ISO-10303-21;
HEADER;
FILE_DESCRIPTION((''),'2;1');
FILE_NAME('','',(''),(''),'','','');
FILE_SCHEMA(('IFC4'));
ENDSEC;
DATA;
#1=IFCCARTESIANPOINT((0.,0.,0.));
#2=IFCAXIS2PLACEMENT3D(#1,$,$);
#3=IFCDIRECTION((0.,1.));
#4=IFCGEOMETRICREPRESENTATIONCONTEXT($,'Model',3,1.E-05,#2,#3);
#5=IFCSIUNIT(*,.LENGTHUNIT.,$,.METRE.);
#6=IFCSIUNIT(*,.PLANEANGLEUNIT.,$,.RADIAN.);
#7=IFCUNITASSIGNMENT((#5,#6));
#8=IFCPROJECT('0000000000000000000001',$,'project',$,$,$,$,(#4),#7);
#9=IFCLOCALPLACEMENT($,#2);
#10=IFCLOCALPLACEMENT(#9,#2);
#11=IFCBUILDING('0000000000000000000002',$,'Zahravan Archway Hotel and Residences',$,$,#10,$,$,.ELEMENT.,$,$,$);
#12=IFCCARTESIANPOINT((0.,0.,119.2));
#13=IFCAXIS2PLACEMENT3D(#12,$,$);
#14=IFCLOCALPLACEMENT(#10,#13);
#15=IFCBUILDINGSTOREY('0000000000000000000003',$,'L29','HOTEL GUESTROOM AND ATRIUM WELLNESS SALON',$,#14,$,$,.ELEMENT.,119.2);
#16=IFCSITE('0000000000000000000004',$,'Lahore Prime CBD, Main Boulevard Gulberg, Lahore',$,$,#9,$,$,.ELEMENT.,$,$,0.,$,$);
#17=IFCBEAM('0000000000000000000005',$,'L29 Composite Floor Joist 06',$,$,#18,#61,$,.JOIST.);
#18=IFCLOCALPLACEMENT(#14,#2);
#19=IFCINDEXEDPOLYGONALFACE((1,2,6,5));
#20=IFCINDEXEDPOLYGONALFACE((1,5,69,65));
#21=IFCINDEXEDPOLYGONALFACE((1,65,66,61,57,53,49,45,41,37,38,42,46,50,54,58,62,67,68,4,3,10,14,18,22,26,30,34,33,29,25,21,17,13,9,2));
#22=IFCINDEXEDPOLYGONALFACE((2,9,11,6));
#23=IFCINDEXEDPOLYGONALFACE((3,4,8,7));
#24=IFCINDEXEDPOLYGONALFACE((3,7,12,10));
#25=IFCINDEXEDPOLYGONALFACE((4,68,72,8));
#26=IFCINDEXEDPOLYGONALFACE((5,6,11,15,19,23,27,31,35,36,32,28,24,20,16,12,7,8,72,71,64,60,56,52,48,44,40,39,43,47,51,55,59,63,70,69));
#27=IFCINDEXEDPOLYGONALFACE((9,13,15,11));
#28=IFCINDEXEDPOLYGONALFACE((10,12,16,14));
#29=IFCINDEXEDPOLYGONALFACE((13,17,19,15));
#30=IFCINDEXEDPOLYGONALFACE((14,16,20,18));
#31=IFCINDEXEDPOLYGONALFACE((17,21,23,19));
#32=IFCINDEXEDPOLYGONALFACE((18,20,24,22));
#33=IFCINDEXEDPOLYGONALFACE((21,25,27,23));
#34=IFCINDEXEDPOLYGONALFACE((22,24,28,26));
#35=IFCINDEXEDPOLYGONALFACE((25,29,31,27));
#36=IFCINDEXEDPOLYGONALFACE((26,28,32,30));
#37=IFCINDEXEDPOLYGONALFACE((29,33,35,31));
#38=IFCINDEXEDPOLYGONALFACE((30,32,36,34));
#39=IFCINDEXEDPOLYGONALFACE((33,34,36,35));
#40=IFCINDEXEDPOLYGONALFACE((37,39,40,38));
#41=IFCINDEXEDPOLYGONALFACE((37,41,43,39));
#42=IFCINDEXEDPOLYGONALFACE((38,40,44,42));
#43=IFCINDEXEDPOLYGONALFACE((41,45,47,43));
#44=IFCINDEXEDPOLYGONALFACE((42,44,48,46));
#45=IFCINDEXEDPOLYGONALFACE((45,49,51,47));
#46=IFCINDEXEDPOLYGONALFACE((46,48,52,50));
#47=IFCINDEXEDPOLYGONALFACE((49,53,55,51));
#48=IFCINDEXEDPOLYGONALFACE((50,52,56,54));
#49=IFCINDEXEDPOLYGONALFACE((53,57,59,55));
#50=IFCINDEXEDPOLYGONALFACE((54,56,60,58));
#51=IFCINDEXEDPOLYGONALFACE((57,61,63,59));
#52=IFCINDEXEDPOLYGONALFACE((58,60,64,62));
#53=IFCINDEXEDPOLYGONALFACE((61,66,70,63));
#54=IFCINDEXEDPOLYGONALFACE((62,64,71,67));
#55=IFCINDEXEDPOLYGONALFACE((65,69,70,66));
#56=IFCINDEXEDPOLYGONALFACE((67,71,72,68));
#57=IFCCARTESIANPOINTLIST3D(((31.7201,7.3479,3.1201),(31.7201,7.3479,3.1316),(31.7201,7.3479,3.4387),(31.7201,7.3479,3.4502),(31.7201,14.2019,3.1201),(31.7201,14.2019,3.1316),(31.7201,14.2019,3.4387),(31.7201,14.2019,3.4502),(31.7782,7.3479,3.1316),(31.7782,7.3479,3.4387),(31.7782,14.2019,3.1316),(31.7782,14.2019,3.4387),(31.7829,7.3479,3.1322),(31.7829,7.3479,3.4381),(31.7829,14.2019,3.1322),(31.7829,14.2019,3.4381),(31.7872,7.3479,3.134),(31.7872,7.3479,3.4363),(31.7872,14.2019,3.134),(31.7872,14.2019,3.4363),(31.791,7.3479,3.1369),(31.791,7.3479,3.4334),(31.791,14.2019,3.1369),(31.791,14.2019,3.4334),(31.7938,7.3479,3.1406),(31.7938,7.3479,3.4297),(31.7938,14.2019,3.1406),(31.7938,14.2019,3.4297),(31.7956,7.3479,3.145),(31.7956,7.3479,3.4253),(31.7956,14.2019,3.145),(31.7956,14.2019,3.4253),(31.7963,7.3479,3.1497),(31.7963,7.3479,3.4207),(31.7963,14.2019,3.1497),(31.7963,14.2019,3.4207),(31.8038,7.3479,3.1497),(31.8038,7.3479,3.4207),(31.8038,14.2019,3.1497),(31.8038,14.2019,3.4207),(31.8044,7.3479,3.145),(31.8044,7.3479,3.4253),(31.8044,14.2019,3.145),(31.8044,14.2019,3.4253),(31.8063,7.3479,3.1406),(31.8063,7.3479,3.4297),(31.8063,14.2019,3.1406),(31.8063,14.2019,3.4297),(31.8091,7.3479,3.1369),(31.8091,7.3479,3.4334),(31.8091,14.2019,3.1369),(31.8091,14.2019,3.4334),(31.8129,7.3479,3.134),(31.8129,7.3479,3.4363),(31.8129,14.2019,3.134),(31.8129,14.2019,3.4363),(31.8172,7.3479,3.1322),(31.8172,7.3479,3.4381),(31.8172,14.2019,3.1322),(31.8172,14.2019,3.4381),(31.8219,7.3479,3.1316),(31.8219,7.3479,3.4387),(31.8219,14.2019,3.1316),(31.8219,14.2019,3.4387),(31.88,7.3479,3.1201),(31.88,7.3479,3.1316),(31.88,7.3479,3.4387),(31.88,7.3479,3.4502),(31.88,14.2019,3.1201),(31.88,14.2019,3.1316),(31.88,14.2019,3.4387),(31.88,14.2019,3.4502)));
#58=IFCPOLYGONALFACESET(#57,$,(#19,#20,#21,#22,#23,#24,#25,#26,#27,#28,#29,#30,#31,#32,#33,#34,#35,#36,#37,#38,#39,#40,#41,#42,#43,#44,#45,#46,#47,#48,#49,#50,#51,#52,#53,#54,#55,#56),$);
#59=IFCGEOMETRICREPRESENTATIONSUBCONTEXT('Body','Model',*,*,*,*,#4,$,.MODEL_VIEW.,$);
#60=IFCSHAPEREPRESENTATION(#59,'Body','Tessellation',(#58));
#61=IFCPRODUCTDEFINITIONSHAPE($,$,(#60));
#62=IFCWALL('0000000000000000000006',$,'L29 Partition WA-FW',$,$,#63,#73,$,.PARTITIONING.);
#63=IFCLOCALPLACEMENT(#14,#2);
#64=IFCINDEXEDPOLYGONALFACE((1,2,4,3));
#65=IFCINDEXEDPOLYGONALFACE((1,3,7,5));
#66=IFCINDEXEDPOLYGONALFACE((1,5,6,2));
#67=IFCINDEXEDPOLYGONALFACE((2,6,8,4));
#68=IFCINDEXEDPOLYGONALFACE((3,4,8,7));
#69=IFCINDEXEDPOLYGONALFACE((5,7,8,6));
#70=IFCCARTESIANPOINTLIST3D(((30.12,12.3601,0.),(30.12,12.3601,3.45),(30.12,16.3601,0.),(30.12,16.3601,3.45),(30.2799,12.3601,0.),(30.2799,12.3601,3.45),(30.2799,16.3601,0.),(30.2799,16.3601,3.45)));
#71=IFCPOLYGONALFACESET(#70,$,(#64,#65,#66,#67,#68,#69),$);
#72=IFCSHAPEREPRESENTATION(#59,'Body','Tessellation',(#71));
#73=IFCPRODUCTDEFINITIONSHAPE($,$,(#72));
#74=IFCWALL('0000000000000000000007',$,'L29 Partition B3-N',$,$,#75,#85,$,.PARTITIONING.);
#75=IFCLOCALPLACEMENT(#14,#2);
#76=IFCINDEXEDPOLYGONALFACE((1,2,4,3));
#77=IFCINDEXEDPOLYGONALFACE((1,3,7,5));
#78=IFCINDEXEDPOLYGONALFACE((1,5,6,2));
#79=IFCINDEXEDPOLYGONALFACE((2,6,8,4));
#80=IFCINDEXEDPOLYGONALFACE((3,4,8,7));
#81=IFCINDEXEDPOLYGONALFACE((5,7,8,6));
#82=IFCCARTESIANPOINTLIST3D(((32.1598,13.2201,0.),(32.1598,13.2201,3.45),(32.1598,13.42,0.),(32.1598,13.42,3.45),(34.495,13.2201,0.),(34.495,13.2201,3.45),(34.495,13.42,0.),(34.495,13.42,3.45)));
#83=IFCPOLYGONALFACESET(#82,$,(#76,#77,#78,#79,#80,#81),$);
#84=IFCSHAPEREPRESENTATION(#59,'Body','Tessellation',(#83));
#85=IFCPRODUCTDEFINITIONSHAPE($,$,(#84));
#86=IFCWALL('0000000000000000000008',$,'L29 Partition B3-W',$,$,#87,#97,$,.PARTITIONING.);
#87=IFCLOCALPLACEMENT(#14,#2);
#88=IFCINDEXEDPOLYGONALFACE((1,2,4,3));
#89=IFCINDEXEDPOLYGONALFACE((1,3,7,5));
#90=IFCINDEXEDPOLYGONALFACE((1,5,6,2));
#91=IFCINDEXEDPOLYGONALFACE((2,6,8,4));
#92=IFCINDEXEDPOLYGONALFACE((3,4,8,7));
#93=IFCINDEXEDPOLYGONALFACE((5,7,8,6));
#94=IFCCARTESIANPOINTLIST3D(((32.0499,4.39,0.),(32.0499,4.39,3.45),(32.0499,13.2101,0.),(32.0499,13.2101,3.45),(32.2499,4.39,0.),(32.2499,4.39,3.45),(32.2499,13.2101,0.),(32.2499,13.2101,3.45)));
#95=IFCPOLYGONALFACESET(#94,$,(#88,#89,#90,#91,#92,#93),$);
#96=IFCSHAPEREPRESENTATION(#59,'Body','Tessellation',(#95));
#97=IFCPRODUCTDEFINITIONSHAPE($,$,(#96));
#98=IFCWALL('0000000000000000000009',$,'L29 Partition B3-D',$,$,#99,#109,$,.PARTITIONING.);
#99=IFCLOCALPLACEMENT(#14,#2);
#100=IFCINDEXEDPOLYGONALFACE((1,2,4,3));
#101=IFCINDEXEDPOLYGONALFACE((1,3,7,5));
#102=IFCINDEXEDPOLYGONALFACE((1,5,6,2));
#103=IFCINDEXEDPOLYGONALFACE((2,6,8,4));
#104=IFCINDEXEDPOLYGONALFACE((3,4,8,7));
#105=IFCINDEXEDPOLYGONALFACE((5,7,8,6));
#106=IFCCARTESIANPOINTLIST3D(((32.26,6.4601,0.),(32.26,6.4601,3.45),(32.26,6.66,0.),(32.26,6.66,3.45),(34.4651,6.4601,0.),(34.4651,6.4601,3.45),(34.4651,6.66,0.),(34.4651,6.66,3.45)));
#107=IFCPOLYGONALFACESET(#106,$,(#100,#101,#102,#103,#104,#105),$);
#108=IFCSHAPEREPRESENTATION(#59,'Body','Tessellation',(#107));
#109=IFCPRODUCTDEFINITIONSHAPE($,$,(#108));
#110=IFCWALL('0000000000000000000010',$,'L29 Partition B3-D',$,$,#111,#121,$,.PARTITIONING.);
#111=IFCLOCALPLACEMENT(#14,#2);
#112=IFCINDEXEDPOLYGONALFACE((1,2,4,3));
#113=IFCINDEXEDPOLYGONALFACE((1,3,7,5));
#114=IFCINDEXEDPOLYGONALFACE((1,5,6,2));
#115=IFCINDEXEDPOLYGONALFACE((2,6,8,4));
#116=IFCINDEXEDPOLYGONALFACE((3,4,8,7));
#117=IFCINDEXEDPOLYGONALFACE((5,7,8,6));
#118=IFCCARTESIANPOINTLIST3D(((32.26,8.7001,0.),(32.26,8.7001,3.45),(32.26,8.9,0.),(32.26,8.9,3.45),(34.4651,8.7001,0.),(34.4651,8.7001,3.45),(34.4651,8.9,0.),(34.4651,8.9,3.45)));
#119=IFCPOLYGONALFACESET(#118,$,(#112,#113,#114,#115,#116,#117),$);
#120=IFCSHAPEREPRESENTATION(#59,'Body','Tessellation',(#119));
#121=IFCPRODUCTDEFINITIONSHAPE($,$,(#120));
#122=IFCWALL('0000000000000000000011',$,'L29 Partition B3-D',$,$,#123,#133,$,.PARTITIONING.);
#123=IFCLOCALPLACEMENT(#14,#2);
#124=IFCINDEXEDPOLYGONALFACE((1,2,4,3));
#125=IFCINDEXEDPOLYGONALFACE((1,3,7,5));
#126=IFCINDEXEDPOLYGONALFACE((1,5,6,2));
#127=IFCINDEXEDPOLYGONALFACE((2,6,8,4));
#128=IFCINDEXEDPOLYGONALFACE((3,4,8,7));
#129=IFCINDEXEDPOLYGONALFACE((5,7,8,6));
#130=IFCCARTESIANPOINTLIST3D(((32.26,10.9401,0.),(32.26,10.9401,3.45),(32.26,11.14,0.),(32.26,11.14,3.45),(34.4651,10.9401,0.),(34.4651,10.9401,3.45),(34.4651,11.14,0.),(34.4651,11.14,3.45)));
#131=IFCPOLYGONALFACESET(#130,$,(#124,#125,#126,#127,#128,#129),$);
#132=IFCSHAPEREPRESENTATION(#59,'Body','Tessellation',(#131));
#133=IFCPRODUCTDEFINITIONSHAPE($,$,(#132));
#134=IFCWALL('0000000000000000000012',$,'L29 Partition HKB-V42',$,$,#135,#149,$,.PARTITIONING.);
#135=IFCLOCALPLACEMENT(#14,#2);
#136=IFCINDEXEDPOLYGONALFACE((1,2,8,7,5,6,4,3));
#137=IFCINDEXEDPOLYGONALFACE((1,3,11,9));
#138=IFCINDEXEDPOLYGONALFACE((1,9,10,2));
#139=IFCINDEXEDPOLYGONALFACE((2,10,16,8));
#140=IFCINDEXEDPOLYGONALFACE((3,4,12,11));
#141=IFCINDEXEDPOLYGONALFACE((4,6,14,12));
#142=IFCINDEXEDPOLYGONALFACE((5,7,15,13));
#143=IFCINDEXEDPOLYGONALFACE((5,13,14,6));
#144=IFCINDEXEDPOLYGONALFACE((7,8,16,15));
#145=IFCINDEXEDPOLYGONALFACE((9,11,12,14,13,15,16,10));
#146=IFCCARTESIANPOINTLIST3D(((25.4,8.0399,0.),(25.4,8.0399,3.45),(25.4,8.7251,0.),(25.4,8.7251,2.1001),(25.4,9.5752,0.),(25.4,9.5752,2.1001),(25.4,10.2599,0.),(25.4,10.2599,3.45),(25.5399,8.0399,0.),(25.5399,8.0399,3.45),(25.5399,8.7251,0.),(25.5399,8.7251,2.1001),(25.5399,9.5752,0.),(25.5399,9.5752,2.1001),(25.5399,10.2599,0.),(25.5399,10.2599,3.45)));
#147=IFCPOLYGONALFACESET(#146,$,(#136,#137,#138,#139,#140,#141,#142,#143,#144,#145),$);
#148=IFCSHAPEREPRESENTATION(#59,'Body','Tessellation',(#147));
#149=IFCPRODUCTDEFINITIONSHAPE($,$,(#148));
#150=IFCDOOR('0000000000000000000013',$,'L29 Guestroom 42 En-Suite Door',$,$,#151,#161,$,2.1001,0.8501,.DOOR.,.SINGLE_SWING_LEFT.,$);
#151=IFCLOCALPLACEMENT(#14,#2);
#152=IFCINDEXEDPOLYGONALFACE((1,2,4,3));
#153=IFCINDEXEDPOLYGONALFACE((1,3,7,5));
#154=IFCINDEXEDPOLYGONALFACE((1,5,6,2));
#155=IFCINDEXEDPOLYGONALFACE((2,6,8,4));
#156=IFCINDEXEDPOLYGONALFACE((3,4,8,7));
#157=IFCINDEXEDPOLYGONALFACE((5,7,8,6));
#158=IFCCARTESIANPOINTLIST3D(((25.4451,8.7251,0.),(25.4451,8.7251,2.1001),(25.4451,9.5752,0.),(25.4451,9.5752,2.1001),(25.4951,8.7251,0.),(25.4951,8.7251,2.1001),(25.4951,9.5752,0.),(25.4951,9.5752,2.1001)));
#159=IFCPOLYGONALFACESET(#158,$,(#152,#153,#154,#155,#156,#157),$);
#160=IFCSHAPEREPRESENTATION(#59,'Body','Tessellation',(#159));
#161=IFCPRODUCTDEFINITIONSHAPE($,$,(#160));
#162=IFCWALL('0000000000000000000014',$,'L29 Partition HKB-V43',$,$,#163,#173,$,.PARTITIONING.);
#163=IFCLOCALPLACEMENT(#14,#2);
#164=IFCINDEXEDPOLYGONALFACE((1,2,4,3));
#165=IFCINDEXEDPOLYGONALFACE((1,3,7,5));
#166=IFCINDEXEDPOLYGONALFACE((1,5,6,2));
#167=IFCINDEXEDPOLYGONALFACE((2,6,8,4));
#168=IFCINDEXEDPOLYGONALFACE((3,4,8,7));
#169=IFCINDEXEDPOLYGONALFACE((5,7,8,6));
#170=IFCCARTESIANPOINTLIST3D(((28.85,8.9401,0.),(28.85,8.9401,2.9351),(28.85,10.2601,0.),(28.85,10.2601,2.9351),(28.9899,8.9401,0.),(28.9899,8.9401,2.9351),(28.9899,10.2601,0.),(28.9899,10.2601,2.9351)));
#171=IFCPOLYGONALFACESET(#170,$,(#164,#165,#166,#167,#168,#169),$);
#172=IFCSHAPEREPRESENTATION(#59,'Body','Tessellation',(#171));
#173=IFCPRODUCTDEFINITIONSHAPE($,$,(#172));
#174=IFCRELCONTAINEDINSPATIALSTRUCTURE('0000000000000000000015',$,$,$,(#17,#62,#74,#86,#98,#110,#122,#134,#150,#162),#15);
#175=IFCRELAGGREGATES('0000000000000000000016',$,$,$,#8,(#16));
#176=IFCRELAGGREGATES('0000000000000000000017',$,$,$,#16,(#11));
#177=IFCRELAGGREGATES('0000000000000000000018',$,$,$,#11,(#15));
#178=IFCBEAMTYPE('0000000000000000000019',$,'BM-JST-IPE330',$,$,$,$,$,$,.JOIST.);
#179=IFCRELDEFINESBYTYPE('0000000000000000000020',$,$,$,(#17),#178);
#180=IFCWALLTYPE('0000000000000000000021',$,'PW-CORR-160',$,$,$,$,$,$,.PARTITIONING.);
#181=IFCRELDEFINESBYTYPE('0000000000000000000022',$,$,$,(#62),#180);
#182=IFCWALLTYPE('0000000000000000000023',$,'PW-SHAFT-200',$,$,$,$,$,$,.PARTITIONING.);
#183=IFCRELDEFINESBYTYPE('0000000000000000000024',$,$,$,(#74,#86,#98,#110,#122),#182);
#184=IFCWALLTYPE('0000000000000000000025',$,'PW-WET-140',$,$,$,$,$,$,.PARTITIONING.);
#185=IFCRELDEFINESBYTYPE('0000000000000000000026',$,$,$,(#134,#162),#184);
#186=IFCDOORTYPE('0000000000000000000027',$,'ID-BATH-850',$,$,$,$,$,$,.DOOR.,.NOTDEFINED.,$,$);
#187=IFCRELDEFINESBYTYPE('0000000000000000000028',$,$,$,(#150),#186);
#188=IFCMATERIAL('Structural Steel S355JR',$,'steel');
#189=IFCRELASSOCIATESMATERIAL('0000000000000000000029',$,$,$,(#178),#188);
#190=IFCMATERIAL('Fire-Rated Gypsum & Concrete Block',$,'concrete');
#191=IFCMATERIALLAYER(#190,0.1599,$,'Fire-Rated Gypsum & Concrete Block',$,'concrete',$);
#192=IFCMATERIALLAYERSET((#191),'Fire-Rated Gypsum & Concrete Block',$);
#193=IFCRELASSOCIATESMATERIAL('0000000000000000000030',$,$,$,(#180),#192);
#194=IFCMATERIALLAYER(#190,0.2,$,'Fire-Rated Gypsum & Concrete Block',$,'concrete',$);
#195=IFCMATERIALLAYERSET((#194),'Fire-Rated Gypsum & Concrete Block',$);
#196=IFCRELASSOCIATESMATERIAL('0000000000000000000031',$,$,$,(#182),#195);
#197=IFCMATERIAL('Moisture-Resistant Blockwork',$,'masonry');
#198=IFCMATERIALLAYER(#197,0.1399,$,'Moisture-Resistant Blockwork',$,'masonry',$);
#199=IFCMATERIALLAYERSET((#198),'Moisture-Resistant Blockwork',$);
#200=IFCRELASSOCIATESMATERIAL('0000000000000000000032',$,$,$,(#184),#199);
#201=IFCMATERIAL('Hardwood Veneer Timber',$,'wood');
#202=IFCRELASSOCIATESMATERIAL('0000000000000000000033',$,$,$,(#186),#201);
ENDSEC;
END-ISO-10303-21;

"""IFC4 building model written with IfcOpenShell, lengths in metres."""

from ifc_helpers import new_model, si_unit, direction, frame, frame_2d, origin, origin_2d, place, context, subcontext, project, spatial, rectangle, i_section, extrude, source, transform, mapped, material, layer, layer_set, material_profile, profile_set, type_object, type_shapes, element, fill, save


model = new_model("IFC4")

# Units and contexts
model_context = context("Model", 3, precision=1e-05, world=origin(), true_north=direction((0.0, 1.0)))
body_context = subcontext(model_context, "Body", "Model", "MODEL_VIEW")
ifc_project = project(units=[si_unit("LENGTHUNIT", "METRE"), si_unit("PLANEANGLEUNIT", "RADIAN")], contexts=[model_context])

# Site, building, storey
site_placement = place(None, origin())
site = spatial("IfcSite", under=ifc_project, at=site_placement, Name="Lahore Prime CBD, Main Boulevard Gulberg, Lahore", CompositionType="ELEMENT", RefElevation=0.0)
building_placement = place(site_placement, origin())
building = spatial("IfcBuilding", under=site, at=building_placement, Name="Zahravan Archway Hotel and Residences", CompositionType="ELEMENT")
storey_placement = place(building_placement, frame((0.0, 0.0, 119.2)))
storey = spatial("IfcBuildingStorey", under=building, at=storey_placement, Name="L29", Description="HOTEL GUESTROOM AND ATRIUM WELLNESS SALON", CompositionType="ELEMENT", Elevation=119.2)

# Beam
ifc_material_1 = material(Name="Structural Steel S355JR", Category="steel")
ifc_material_profile_1 = material_profile(ifc_material_1, i_section(OverallWidth=0.1599, OverallDepth=0.3301, WebThickness=0.0076, FlangeThickness=0.0115, FilletRadius=0.0181, at=origin_2d()), Name="IPE 330", Category="steel")
ifc_profile_set_1 = profile_set([ifc_material_profile_1], Name="Structural Steel S355JR")
beam_type_1 = type_object("IfcBeamType", Name="BM-JST-IPE330", PredefinedType="JOIST", material=ifc_profile_set_1)
shared_shape_1 = source(origin(), body_context, "Body", "SweptSolid", [
    extrude(i_section(OverallWidth=0.1599, OverallDepth=0.3301, WebThickness=0.0076, FlangeThickness=0.0115, FilletRadius=0.0181, at=origin_2d()), origin(), (0.0, 0.0, 1.0), 6.854),
])
beam_1_placement = place(storey_placement, frame((31.8, 7.3479, 3.2852), z_axis=(0.0, 1.0, 0.0), x_axis=(-1.0, 0.0, 0.0)))
element("IfcBeam", 1, at=beam_1_placement, inside=storey, type_object=beam_type_1, Name="L29 Composite Floor Joist 06", PredefinedType="JOIST", context=body_context, shape_type="MappedRepresentation", body=[
    mapped(shared_shape_1, transform((0.0, 0.0, 0.0), scale=1.0)),
])

# Walls
ifc_material_2 = material(Name="Fire-Rated Gypsum & Concrete Block", Category="concrete")
ifc_layer_1 = layer(ifc_material_2, 0.1599, Name="Fire-Rated Gypsum & Concrete Block", Category="concrete")
ifc_layer_set_1 = layer_set([ifc_layer_1], Name="Fire-Rated Gypsum & Concrete Block")
wall_type_1 = type_object("IfcWallType", Name="PW-CORR-160", PredefinedType="PARTITIONING", material=ifc_layer_set_1)
wall_1_placement = place(storey_placement, frame((30.2, 12.3601, 0.0), z_axis=(0.0, 0.0, 1.0), x_axis=(0.0, 1.0, 0.0)))
element("IfcWall", 2, at=wall_1_placement, inside=storey, type_object=wall_type_1, Name="L29 Partition WA-FW", PredefinedType="PARTITIONING", context=body_context, shape_type="SweptSolid", body=[
    extrude(rectangle(XDim=4.0, YDim=0.1599, at=frame_2d((2.0, 0.0))), origin(), (0.0, 0.0, 1.0), 3.45),
])
ifc_layer_2 = layer(ifc_material_2, 0.2, Name="Fire-Rated Gypsum & Concrete Block", Category="concrete")
ifc_layer_set_2 = layer_set([ifc_layer_2], Name="Fire-Rated Gypsum & Concrete Block")
wall_type_2 = type_object("IfcWallType", Name="PW-SHAFT-200", PredefinedType="PARTITIONING", material=ifc_layer_set_2)
wall_2_placement = place(storey_placement, frame((32.1599, 13.3201, 0.0), z_axis=(0.0, 0.0, 1.0), x_axis=(1.0, 0.0, 0.0)))
element("IfcWall", 3, at=wall_2_placement, inside=storey, type_object=wall_type_2, Name="L29 Partition B3-N", PredefinedType="PARTITIONING", context=body_context, shape_type="SweptSolid", body=[
    extrude(rectangle(XDim=2.3352, YDim=0.2, at=frame_2d((1.1675, 0.0))), origin(), (0.0, 0.0, 1.0), 3.45),
])
wall_3_placement = place(storey_placement, frame((32.1499, 4.3899, 0.0), z_axis=(0.0, 0.0, 1.0), x_axis=(0.0, 1.0, 0.0)))
element("IfcWall", 4, at=wall_3_placement, inside=storey, type_object=wall_type_2, Name="L29 Partition B3-W", PredefinedType="PARTITIONING", context=body_context, shape_type="SweptSolid", body=[
    extrude(rectangle(XDim=8.8201, YDim=0.2, at=frame_2d((4.4102, 0.0))), origin(), (0.0, 0.0, 1.0), 3.45),
])
for number, where, z_axis, x_axis, name in (
    (5, (32.26, 6.5601, 0.0), (0.0, 0.0, 1.0), (1.0, 0.0, 0.0), "L29 Partition B3-D"),
    (6, (32.26, 8.8, 0.0), (0.0, 0.0, 1.0), (1.0, 0.0, 0.0), "L29 Partition B3-D"),
    (7, (32.26, 11.04, 0.0), (0.0, 0.0, 1.0), (1.0, 0.0, 0.0), "L29 Partition B3-D"),
):
    element("IfcWall", number, at=place(storey_placement, frame(where, z_axis=z_axis, x_axis=x_axis)), inside=storey, type_object=wall_type_2, Name=name, PredefinedType="PARTITIONING", context=body_context, shape_type="SweptSolid", body=[
        extrude(rectangle(XDim=2.2051, YDim=0.2, at=frame_2d((1.1025, 0.0))), origin(), (0.0, 0.0, 1.0), 3.45),
    ])

# Wall, opening, door
ifc_material_3 = material(Name="Moisture-Resistant Blockwork", Category="masonry")
ifc_layer_3 = layer(ifc_material_3, 0.1399, Name="Moisture-Resistant Blockwork", Category="masonry")
ifc_layer_set_3 = layer_set([ifc_layer_3], Name="Moisture-Resistant Blockwork")
wall_type_3 = type_object("IfcWallType", Name="PW-WET-140", PredefinedType="PARTITIONING", material=ifc_layer_set_3)
wall_4_placement = place(storey_placement, frame((25.47, 8.04, 0.0), z_axis=(0.0, 0.0, 1.0), x_axis=(0.0, 1.0, 0.0)))
wall_4 = element("IfcWall", 8, at=wall_4_placement, inside=storey, type_object=wall_type_3, Name="L29 Partition HKB-V42", PredefinedType="PARTITIONING", context=body_context, shape_type="SweptSolid", body=[
    extrude(rectangle(XDim=2.22, YDim=0.1399, at=frame_2d((1.1099, 0.0))), origin(), (0.0, 0.0, 1.0), 3.45),
])
opening_1_placement = place(wall_4_placement, frame((0.6851, 0.0, 0.0)))
opening_1 = element("IfcOpeningElement", 9, at=opening_1_placement, cuts=wall_4, PredefinedType="OPENING", context=body_context, shape_type="SweptSolid", body=[
    extrude(rectangle(XDim=0.8501, YDim=2.1001, at=frame_2d((0.425, 1.05))), frame((0.0, 0.0801, 0.0), z_axis=(0.0, -1.0, 0.0), x_axis=(1.0, 0.0, 0.0)), (0.0, 0.0, 1.0), 0.1599),
])
ifc_material_4 = material(Name="Hardwood Veneer Timber", Category="wood")
door_type = type_object("IfcDoorType", Name="ID-BATH-850", OperationType="NOTDEFINED", PredefinedType="DOOR", material=ifc_material_4)
shared_shape_2 = source(origin(), body_context, "Body", "SweptSolid", [
    extrude(rectangle(XDim=0.8501, YDim=2.1001, at=frame_2d((0.425, 1.05))), frame((0.0, 0.0249, 0.0), z_axis=(0.0, -1.0, 0.0), x_axis=(1.0, 0.0, 0.0)), (0.0, 0.0, 1.0), 0.05),
])
type_shapes(door_type, [shared_shape_2])
door_1_placement = place(opening_1_placement, origin())
door_1 = element("IfcDoor", 10, at=door_1_placement, inside=storey, type_object=door_type, Name="L29 Guestroom 42 En-Suite Door", OperationType="SINGLE_SWING_LEFT", OverallHeight=2.1001, OverallWidth=0.8501, PredefinedType="DOOR", context=body_context, shape_type="MappedRepresentation", body=[
    mapped(shared_shape_2, transform((0.0, 0.0, 0.0), scale=1.0)),
])
fill(opening_1, door_1)

# Wall
wall_5_placement = place(storey_placement, frame((28.9199, 8.9399, 0.0), z_axis=(0.0, 0.0, 1.0), x_axis=(0.0, 1.0, 0.0)))
element("IfcWall", 11, at=wall_5_placement, inside=storey, type_object=wall_type_3, Name="L29 Partition HKB-V43", PredefinedType="PARTITIONING", context=body_context, shape_type="SweptSolid", body=[
    extrude(rectangle(XDim=1.3201, YDim=0.1399, at=frame_2d((0.6602, 0.0))), origin(), (0.0, 0.0, 1.0), 2.9351),
])

save(model, "model.ifc")
